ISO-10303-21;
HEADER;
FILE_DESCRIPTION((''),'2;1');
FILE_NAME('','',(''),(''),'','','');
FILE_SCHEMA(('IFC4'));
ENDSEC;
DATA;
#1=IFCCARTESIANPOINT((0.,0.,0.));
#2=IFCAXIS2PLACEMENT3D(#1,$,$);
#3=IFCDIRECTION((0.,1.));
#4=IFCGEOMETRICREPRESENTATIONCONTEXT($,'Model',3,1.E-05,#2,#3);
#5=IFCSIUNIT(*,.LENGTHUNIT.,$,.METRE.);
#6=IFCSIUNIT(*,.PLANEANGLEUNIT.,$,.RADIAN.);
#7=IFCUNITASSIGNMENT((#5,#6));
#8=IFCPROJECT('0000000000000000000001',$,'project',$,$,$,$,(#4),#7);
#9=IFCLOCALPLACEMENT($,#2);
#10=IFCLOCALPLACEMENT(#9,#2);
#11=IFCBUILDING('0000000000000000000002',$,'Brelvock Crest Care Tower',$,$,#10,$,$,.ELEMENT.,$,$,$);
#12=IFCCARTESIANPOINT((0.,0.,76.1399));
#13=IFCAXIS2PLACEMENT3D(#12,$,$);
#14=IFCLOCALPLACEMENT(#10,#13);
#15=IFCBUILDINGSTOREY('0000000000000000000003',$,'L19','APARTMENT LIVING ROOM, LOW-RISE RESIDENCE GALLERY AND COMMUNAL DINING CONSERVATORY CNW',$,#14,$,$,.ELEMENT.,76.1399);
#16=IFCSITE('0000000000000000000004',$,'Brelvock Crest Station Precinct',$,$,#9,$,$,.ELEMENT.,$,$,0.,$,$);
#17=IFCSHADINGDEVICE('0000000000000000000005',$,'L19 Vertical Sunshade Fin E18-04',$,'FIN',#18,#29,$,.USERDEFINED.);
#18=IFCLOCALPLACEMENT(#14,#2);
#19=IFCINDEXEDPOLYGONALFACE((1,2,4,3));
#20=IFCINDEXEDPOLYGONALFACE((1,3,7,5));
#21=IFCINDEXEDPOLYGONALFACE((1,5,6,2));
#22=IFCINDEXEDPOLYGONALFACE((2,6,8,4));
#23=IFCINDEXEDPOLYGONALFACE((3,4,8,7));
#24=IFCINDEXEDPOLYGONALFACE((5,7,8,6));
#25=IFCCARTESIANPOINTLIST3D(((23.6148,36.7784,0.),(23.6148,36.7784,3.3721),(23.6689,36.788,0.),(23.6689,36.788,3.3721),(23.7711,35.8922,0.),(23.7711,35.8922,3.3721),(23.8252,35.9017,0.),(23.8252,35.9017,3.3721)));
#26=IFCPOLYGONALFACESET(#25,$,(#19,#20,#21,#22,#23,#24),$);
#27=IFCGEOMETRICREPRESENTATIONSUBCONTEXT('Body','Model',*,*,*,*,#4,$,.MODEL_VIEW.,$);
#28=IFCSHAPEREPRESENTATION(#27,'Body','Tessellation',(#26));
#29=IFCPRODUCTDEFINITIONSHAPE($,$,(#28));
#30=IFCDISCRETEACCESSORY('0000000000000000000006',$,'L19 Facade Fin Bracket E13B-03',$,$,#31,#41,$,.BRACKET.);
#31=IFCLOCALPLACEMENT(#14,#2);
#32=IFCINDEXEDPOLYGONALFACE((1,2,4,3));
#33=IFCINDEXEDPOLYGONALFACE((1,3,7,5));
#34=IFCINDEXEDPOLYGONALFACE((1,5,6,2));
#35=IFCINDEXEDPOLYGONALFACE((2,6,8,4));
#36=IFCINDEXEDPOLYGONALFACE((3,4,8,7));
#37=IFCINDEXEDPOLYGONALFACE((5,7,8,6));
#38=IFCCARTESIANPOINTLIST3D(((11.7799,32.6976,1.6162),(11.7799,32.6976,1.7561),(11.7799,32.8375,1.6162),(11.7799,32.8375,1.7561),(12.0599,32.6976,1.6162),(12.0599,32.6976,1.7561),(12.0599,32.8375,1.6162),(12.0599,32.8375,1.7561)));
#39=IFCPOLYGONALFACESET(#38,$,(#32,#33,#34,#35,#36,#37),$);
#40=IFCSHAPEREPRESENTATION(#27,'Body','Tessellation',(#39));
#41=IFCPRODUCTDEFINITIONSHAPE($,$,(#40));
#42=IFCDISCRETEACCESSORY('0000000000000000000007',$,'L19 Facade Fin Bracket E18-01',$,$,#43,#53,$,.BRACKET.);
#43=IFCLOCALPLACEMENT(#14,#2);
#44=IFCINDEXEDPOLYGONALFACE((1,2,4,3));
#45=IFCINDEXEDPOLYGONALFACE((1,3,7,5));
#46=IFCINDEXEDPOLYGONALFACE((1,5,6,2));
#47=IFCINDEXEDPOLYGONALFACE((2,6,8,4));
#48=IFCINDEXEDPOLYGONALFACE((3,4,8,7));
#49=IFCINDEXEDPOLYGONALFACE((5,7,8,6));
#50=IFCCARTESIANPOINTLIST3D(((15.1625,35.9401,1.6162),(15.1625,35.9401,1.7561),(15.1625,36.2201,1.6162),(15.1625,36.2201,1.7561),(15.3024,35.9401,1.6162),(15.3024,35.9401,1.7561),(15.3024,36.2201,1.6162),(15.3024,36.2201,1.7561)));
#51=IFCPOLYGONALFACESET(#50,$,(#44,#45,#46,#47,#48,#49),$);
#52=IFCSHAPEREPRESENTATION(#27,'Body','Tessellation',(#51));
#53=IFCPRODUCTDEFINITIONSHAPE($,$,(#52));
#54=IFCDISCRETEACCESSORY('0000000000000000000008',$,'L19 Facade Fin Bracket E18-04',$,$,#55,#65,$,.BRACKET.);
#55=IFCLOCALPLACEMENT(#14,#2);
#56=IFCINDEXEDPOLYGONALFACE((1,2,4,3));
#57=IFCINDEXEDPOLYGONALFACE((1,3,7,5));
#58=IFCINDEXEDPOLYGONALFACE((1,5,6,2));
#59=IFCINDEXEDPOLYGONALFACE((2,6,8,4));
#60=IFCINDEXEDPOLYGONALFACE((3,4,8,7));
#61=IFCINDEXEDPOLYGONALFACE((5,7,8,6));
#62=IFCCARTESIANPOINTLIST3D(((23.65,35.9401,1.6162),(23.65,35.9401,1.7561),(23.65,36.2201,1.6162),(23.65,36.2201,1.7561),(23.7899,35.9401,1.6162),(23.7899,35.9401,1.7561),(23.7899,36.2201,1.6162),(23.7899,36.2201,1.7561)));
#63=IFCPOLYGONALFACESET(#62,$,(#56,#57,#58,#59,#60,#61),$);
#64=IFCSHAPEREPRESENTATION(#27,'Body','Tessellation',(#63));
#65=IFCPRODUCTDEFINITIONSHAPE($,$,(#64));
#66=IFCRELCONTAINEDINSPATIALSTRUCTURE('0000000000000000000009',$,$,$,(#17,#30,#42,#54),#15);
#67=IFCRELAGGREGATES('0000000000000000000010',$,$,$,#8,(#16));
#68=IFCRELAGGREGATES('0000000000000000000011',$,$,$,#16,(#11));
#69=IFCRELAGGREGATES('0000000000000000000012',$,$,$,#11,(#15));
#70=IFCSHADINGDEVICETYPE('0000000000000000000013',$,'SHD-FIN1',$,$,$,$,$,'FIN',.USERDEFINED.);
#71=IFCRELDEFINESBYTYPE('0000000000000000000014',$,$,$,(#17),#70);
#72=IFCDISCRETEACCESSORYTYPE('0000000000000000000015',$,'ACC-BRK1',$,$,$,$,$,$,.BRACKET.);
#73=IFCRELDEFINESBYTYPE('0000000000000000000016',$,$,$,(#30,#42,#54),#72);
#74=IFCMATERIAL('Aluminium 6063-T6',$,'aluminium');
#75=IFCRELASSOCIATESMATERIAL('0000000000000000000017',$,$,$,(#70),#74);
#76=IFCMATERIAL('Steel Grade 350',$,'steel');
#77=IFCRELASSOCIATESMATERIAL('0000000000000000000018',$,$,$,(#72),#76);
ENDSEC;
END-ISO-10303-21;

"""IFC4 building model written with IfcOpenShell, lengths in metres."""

from ifc_helpers import new_model, si_unit, direction, frame, origin, origin_2d, place, context, subcontext, project, spatial, rectangle, extrude, source, transform, mapped, material, material_profile, profile_set, type_object, element, save


model = new_model("IFC4")

# Units and contexts
model_context = context("Model", 3, precision=1e-05, world=origin(), true_north=direction((0.0, 1.0)))
body_context = subcontext(model_context, "Body", "Model", "MODEL_VIEW")
ifc_project = project(units=[si_unit("LENGTHUNIT", "METRE"), si_unit("PLANEANGLEUNIT", "RADIAN")], contexts=[model_context])

# Site, building, storey
site_placement = place(None, origin())
site = spatial("IfcSite", under=ifc_project, at=site_placement, Name="Brelvock Crest Station Precinct", CompositionType="ELEMENT", RefElevation=0.0)
building_placement = place(site_placement, origin())
building = spatial("IfcBuilding", under=site, at=building_placement, Name="Brelvock Crest Care Tower", CompositionType="ELEMENT")
storey_placement = place(building_placement, frame((0.0, 0.0, 76.1399)))
storey = spatial("IfcBuildingStorey", under=building, at=storey_placement, Name="L19", Description="APARTMENT LIVING ROOM, LOW-RISE RESIDENCE GALLERY AND COMMUNAL DINING CONSERVATORY CNW", CompositionType="ELEMENT", Elevation=76.1399)

# Shared definitions
ifc_material_1 = material(Name="Steel Grade 350", Category="steel")

# Shared definitions
ifc_material_2 = material(Name="Aluminium 6063-T6", Category="aluminium")

# Shading device
ifc_material_profile_1 = material_profile(ifc_material_2, rectangle(XDim=0.0549, YDim=0.8999, at=origin_2d()), Name="FIN55x900")
ifc_profile_set_1 = profile_set([ifc_material_profile_1], Name="Aluminium 6063-T6")
shading_device_type = type_object("IfcShadingDeviceType", Name="SHD-FIN1", ElementType="FIN", PredefinedType="USERDEFINED", material=ifc_profile_set_1)
shared_shape_1 = source(origin(), body_context, "Body", "SweptSolid", [
    extrude(rectangle(XDim=0.0549, YDim=0.8999, at=origin_2d()), origin(), (0.0, 0.0, 1.0), 3.3721),
])
for number, where, z_axis, x_axis, name in (
    (1, (23.72, 36.3401, 0.0), (0.0, 0.0, 1.0), (0.984808, 0.173648, 0.0), "L19 Vertical Sunshade Fin E18-04"),
):
    element("IfcShadingDevice", number, at=place(storey_placement, frame(where, z_axis=z_axis, x_axis=x_axis)), inside=storey, type_object=shading_device_type, Name=name, ObjectType="FIN", PredefinedType="USERDEFINED", context=body_context, shape_type="MappedRepresentation", body=[
        mapped(shared_shape_1, transform((0.0, 0.0, 0.0), x_axis=(1.0, 0.0, 0.0), y_axis=(0.0, 1.0, 0.0), z_axis=(0.0, 0.0, 1.0), scale=1.0)),
    ])

# Discrete accessories
discrete_accessory_type = type_object("IfcDiscreteAccessoryType", Name="ACC-BRK1", PredefinedType="BRACKET", material=ifc_material_1)
shared_shape_2 = source(origin(), body_context, "Body", "SweptSolid", [
    extrude(rectangle(XDim=0.28, YDim=0.1399, at=origin_2d()), origin(), (0.0, 0.0, 1.0), 0.1399),
])
for number, where, z_axis, x_axis, name in (
    (2, (11.9199, 32.7676, 1.6162), (0.0, 0.0, 1.0), (-1.0, 0.0, 0.0), "L19 Facade Fin Bracket E13B-03"),
    (3, (15.2324, 36.0801, 1.6162), (0.0, 0.0, 1.0), (0.0, 1.0, 0.0), "L19 Facade Fin Bracket E18-01"),
    (4, (23.72, 36.0801, 1.6162), (0.0, 0.0, 1.0), (0.0, 1.0, 0.0), "L19 Facade Fin Bracket E18-04"),
):
    element("IfcDiscreteAccessory", number, at=place(storey_placement, frame(where, z_axis=z_axis, x_axis=x_axis)), inside=storey, type_object=discrete_accessory_type, Name=name, PredefinedType="BRACKET", context=body_context, shape_type="MappedRepresentation", body=[
        mapped(shared_shape_2, transform((0.0, 0.0, 0.0), x_axis=(1.0, 0.0, 0.0), y_axis=(0.0, 1.0, 0.0), z_axis=(0.0, 0.0, 1.0), scale=1.0)),
    ])

save(model, "model.ifc")
